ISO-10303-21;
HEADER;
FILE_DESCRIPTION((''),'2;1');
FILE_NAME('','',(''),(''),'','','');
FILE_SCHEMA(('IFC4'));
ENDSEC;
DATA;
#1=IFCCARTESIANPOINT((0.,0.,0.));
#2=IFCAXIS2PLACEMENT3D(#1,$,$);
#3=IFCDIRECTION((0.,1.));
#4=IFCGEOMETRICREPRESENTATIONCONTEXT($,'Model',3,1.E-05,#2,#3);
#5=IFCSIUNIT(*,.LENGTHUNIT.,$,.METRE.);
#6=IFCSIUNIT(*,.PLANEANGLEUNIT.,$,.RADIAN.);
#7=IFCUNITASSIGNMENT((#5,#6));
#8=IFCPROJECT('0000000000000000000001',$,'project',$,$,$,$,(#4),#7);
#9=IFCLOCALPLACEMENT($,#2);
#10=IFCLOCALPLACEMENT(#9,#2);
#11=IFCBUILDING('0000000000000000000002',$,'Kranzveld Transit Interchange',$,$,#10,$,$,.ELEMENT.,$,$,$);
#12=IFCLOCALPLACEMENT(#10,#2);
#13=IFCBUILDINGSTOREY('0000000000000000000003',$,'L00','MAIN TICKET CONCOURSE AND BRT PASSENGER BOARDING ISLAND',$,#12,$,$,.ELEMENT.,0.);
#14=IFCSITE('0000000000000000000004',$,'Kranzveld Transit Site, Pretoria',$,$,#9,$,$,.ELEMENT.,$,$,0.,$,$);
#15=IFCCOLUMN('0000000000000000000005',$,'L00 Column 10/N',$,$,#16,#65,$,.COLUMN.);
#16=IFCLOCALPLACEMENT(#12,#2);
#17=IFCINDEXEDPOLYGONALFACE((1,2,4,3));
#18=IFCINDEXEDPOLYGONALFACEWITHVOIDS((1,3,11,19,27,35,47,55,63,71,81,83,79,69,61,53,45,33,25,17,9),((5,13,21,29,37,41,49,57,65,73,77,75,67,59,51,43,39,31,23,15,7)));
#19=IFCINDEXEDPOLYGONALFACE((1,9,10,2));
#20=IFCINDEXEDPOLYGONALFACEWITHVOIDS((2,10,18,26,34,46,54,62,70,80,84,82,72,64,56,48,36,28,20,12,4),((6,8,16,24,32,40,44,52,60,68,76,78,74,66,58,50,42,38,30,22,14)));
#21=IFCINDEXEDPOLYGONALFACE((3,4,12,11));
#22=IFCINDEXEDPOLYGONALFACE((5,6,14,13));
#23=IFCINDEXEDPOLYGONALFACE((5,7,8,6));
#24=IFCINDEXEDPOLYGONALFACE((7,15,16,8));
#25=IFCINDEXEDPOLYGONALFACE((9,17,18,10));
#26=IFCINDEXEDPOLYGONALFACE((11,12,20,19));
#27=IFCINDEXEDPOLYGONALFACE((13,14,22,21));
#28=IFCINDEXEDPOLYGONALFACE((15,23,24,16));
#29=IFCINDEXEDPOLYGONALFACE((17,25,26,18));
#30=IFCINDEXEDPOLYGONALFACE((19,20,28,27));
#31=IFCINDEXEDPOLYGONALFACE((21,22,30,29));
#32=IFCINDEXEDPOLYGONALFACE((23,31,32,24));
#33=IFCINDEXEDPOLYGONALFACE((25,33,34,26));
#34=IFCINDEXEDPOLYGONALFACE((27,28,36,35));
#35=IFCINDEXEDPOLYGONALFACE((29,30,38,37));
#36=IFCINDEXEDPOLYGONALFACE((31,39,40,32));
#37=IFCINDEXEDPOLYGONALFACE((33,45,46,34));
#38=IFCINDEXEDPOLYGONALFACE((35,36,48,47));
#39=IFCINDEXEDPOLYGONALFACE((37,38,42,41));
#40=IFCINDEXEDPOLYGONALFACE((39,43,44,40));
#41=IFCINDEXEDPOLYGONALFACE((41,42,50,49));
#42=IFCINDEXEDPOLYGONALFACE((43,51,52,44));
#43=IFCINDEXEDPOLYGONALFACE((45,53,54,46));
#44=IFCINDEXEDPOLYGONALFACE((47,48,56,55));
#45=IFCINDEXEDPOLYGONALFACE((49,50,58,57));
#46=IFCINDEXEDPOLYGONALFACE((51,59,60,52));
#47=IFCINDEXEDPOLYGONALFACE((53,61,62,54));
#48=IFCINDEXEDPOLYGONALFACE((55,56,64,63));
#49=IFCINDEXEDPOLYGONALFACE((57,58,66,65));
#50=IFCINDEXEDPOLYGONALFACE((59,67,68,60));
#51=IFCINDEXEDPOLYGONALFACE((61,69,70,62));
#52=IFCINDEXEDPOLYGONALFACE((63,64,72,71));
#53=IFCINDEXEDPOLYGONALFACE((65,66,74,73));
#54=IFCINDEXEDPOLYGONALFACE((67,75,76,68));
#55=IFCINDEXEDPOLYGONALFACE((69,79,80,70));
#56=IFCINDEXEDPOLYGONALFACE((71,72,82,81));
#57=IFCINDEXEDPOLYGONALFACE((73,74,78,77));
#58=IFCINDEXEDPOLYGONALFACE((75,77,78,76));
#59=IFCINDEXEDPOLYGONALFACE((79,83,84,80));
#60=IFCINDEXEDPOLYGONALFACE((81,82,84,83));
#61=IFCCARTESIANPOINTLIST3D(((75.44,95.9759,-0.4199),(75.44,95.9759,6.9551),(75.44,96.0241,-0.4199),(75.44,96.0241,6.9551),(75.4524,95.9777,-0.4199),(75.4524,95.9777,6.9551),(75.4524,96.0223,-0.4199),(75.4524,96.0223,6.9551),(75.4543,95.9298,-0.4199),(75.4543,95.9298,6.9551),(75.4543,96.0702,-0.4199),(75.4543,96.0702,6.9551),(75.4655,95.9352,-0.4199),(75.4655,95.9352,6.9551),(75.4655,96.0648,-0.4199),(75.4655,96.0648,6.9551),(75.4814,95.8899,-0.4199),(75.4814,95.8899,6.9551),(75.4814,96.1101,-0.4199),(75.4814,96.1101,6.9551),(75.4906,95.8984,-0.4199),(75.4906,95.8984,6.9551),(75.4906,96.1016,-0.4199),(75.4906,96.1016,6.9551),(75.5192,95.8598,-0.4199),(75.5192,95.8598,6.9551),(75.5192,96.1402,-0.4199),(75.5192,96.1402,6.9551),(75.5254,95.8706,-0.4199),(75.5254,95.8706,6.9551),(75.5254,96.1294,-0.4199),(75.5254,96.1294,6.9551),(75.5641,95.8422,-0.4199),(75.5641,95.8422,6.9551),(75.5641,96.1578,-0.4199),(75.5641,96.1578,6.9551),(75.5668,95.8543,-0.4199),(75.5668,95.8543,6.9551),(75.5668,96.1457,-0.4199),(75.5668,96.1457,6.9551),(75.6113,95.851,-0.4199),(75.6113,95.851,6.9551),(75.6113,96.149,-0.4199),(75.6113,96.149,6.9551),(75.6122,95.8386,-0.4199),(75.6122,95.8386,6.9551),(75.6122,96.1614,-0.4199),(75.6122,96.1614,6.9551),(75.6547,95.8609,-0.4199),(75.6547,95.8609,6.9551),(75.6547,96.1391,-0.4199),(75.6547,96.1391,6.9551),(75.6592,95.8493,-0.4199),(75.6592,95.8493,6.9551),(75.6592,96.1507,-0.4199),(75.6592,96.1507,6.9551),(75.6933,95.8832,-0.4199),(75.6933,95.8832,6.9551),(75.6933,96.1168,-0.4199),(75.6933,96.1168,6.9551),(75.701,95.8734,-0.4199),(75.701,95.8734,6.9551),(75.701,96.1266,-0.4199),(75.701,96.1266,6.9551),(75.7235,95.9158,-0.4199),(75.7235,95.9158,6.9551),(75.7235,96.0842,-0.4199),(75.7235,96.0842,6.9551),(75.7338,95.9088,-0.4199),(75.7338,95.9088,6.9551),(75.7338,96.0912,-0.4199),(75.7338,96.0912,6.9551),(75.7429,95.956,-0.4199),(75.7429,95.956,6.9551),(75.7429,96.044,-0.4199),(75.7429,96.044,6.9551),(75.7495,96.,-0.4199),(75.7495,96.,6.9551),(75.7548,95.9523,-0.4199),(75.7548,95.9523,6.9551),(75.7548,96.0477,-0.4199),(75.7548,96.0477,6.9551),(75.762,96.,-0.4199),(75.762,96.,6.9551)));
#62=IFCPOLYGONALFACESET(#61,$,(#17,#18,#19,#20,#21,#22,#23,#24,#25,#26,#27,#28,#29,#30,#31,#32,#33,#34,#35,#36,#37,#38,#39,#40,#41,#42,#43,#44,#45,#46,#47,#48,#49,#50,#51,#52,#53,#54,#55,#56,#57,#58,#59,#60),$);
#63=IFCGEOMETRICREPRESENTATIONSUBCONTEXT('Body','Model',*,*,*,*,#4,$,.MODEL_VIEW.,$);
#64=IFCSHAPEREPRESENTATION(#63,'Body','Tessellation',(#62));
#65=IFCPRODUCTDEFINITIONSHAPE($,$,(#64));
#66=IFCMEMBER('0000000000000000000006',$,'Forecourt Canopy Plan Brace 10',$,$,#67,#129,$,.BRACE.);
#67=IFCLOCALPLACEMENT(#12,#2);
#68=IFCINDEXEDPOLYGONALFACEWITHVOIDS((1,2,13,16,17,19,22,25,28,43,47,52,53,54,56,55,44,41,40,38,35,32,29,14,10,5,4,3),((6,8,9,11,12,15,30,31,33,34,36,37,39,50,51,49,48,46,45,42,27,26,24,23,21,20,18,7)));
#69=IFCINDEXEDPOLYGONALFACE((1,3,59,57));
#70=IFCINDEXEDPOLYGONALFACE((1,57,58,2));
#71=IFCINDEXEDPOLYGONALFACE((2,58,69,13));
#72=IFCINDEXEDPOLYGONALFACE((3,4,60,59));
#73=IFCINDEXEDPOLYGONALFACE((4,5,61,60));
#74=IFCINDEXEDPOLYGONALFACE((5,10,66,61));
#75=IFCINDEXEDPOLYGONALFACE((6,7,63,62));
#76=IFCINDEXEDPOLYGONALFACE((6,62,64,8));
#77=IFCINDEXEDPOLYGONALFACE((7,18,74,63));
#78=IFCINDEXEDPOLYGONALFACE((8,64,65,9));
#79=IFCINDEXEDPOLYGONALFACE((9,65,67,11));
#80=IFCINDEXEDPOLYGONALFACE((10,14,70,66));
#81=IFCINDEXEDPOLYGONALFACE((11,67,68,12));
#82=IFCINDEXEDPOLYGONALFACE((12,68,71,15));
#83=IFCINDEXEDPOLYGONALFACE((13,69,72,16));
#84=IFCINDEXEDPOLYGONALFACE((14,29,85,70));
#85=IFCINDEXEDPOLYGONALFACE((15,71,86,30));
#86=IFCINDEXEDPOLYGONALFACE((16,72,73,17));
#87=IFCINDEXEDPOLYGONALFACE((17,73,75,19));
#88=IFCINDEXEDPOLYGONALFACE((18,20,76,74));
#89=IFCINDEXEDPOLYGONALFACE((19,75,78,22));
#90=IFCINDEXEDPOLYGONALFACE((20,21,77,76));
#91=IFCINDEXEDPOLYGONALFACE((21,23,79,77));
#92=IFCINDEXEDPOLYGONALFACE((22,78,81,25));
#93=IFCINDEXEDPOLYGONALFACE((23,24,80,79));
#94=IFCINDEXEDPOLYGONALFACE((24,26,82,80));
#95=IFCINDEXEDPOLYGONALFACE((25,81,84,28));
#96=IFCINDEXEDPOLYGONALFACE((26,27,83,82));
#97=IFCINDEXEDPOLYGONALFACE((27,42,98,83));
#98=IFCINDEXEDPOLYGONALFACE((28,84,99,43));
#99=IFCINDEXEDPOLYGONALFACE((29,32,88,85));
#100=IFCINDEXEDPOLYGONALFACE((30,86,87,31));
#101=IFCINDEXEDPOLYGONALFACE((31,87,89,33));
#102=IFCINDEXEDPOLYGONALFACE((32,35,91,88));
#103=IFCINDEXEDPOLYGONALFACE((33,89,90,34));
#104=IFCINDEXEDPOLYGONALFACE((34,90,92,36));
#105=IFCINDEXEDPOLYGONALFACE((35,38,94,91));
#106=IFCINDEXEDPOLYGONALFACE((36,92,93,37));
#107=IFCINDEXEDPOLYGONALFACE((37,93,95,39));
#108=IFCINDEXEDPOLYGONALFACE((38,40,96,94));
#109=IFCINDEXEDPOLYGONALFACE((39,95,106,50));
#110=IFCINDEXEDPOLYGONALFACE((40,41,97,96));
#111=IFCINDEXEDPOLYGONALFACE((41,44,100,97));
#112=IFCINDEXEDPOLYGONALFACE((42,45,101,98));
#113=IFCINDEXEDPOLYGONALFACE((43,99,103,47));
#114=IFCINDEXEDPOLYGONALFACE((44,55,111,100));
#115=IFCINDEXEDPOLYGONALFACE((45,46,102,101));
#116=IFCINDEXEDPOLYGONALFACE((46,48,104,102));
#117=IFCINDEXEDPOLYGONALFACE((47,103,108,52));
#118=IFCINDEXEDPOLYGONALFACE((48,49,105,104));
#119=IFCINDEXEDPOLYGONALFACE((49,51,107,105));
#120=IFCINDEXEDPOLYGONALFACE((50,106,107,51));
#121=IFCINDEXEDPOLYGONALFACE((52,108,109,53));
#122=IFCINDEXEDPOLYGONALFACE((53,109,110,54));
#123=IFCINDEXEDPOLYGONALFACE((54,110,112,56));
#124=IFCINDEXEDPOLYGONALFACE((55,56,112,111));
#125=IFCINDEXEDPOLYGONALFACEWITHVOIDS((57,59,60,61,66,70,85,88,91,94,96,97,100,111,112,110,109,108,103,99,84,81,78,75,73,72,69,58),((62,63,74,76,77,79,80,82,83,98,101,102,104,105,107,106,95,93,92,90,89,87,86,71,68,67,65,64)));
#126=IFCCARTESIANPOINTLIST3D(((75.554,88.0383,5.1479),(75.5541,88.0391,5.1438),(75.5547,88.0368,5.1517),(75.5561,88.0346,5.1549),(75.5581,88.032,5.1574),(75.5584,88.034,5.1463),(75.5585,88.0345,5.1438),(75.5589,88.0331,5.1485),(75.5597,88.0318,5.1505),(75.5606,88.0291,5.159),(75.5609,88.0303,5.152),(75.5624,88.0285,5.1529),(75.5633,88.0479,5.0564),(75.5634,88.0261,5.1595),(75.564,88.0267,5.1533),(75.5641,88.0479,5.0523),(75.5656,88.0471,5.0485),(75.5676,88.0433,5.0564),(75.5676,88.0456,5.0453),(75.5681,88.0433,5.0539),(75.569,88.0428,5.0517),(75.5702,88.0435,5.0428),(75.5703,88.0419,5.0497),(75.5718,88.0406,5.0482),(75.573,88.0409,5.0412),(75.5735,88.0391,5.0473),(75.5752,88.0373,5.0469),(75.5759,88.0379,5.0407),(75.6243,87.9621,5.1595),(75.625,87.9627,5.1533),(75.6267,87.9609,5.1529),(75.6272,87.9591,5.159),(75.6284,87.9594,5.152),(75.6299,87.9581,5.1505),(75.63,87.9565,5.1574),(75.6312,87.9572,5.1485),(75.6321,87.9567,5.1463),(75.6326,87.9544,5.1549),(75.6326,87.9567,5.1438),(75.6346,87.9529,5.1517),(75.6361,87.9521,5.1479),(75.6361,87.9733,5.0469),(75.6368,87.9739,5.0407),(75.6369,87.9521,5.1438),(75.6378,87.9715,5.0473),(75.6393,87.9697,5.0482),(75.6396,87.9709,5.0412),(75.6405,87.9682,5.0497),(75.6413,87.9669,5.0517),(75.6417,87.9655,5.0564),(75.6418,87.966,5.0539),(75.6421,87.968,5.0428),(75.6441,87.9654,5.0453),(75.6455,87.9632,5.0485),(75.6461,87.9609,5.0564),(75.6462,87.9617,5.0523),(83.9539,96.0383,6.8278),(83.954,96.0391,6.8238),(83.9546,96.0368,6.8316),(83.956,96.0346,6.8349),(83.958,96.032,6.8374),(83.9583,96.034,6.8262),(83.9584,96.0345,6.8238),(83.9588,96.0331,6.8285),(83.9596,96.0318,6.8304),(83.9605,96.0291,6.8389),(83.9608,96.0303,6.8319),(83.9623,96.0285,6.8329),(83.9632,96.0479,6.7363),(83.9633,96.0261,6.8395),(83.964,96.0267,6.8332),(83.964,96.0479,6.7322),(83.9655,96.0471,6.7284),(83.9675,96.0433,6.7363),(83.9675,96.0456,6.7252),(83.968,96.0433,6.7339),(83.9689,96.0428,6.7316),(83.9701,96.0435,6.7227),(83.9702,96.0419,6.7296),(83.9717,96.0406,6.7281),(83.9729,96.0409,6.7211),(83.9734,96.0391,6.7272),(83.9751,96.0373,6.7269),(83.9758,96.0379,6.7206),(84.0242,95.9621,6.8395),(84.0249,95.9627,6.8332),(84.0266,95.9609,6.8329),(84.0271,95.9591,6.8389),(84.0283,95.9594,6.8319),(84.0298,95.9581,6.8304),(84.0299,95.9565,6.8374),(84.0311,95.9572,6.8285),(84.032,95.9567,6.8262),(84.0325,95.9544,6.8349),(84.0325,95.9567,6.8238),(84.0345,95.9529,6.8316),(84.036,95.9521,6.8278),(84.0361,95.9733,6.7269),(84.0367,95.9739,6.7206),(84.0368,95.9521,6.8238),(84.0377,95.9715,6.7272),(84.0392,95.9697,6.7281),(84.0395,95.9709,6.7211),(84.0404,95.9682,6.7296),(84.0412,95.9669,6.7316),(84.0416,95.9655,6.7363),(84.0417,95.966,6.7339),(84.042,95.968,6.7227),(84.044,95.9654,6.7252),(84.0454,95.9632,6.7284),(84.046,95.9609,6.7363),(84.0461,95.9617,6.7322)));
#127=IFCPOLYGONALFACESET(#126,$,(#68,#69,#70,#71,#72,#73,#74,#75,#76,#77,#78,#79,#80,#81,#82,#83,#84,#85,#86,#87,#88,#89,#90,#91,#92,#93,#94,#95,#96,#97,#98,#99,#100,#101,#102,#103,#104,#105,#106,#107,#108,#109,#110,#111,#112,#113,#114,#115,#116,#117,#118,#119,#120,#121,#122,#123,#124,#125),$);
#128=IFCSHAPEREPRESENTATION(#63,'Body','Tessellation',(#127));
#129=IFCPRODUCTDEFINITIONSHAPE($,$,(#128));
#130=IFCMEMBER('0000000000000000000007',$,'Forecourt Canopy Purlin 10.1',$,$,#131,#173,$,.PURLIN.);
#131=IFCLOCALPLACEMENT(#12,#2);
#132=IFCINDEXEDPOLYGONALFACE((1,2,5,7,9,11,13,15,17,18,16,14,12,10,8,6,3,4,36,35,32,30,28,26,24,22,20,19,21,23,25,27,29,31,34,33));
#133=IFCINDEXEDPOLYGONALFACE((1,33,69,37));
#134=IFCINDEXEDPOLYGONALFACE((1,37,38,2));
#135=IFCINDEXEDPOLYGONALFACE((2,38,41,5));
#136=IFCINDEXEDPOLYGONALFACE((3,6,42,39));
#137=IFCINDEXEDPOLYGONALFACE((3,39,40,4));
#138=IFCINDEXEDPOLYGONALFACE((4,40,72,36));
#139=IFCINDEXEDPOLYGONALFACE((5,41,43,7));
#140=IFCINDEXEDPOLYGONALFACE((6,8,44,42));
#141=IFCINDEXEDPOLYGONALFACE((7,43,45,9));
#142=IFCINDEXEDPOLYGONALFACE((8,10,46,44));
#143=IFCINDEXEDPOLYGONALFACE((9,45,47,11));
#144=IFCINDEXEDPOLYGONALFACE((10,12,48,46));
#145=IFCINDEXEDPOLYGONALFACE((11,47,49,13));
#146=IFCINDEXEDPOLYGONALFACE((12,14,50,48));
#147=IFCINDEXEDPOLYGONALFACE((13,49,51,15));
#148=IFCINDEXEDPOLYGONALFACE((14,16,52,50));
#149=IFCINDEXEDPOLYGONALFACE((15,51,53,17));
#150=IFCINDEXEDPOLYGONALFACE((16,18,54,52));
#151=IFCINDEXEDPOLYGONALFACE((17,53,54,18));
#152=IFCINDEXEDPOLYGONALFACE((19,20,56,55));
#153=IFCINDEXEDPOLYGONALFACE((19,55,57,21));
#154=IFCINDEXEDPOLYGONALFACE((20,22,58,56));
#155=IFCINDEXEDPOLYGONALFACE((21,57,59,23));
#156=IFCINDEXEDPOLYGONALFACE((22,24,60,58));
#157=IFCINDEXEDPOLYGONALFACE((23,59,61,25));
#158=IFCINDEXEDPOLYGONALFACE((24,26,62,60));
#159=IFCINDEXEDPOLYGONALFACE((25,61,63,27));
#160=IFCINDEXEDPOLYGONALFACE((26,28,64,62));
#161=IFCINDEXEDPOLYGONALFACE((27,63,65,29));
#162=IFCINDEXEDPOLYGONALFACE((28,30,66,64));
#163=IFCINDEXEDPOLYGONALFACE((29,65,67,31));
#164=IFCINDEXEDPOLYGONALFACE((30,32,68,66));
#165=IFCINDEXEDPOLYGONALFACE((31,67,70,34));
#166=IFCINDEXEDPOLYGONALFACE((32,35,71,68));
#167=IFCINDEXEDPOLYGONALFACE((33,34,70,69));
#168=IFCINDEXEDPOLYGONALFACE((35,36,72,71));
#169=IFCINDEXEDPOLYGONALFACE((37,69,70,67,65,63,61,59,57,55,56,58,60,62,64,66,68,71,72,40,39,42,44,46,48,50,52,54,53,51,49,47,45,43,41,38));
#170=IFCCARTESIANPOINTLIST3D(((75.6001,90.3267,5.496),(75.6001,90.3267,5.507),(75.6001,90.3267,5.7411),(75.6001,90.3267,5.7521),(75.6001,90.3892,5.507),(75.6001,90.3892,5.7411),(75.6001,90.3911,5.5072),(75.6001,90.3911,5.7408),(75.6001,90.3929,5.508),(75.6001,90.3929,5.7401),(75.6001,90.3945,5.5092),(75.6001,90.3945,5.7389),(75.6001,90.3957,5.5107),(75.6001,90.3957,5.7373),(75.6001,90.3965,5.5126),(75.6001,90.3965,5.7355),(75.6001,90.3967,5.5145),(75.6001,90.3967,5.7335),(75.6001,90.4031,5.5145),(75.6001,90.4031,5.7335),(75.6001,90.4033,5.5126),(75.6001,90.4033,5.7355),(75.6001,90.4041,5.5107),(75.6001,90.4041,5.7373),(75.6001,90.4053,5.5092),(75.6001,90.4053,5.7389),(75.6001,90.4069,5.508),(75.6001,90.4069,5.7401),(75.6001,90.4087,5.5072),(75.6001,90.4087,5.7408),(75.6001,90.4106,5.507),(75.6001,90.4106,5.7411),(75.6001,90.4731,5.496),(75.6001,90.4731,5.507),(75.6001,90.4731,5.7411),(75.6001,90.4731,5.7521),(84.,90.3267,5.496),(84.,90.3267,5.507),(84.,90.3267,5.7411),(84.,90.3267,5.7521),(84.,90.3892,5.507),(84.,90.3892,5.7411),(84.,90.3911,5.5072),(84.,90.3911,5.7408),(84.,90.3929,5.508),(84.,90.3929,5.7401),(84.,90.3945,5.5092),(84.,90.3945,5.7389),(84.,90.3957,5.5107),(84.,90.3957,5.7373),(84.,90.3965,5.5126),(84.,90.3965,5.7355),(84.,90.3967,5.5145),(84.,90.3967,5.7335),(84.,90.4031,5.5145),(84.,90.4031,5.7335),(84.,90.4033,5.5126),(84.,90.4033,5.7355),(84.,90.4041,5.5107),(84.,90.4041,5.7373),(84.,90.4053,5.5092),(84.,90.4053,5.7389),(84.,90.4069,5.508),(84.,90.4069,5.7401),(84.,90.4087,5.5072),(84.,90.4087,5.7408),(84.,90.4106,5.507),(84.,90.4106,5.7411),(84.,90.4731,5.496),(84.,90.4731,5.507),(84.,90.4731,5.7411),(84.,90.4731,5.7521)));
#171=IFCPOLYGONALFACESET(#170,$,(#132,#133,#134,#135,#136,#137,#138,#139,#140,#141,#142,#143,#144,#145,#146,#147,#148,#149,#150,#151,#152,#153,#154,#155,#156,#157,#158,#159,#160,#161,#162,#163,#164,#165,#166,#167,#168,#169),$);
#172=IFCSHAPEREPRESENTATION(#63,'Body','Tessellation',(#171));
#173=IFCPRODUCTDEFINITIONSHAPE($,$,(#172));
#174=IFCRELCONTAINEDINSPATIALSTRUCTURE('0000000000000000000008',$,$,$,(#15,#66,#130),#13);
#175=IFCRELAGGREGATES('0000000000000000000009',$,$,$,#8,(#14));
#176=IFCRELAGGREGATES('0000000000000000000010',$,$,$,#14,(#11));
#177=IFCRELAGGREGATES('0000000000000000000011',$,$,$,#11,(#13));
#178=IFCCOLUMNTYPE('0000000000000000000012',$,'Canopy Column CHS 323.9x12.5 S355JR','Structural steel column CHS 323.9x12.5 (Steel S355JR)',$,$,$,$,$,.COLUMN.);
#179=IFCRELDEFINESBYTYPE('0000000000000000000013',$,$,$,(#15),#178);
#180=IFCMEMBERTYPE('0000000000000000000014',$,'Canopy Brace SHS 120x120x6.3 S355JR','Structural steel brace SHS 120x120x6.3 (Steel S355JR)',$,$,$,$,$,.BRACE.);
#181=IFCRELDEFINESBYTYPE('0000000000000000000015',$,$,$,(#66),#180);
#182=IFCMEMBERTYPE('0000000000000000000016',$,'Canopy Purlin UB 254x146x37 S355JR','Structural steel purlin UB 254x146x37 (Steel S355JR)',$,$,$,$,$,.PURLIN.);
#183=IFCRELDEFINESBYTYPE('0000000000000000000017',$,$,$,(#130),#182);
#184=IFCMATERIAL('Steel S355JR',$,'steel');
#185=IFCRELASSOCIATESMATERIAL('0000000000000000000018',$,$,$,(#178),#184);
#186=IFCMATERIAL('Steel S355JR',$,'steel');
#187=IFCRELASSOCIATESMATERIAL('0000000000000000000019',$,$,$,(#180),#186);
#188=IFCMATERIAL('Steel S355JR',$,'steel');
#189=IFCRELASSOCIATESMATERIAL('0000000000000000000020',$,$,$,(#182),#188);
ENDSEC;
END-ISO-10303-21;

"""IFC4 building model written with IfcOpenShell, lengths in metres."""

from ifc_helpers import new_model, si_unit, direction, frame, origin, origin_2d, place, context, subcontext, project, spatial, hollow_rectangle, hollow_circle, i_section, extrude, material, material_profile, profile_set, type_object, element, save


model = new_model("IFC4")

# Units and contexts
model_context = context("Model", 3, precision=1e-05, world=origin(), true_north=direction((0.0, 1.0)))
body_context = subcontext(model_context, "Body", "Model", "MODEL_VIEW")
ifc_project = project(units=[si_unit("LENGTHUNIT", "METRE"), si_unit("PLANEANGLEUNIT", "RADIAN")], contexts=[model_context])

# Site, building, storey
site_placement = place(None, origin())
site = spatial("IfcSite", under=ifc_project, at=site_placement, Name="Kranzveld Transit Site, Pretoria", CompositionType="ELEMENT", RefElevation=0.0)
building_placement = place(site_placement, origin())
building = spatial("IfcBuilding", under=site, at=building_placement, Name="Kranzveld Transit Interchange", CompositionType="ELEMENT")
storey_placement = place(building_placement, origin())
storey = spatial("IfcBuildingStorey", under=building, at=storey_placement, Name="L00", Description="MAIN TICKET CONCOURSE AND BRT PASSENGER BOARDING ISLAND", CompositionType="ELEMENT", Elevation=0.0)

# Column
ifc_material_1 = material(Name="Steel S355JR", Category="steel")
ifc_material_profile_1 = material_profile(ifc_material_1, hollow_circle(Radius=0.1619, WallThickness=0.0125, at=origin_2d()), Name="CHS 323.9x12.5")
ifc_profile_set_1 = profile_set([ifc_material_profile_1], Name="Steel S355JR")
column_type_1 = type_object("IfcColumnType", Name="Canopy Column CHS 323.9x12.5 S355JR", Description="Structural steel column CHS 323.9x12.5 (Steel S355JR)", PredefinedType="COLUMN", material=ifc_profile_set_1)
column_1_placement = place(storey_placement, frame((75.6001, 96.0, -0.4199), z_axis=(0.0, 0.0, 1.0), x_axis=(1.0, 0.0, 0.0)))
element("IfcColumn", 1, at=column_1_placement, inside=storey, type_object=column_type_1, Name="L00 Column 10/N", PredefinedType="COLUMN", context=body_context, shape_type="SweptSolid", body=[
    extrude(hollow_circle(Radius=0.1619, WallThickness=0.0125, at=origin_2d()), origin(), (0.0, 0.0, 1.0), 7.375),
])

# Members
ifc_material_2 = material(Name="Steel S355JR", Category="steel")
ifc_material_profile_2 = material_profile(ifc_material_2, hollow_rectangle(XDim=0.1201, YDim=0.1201, WallThickness=0.0063, InnerFilletRadius=0.0095, OuterFilletRadius=0.0159, at=origin_2d()), Name="SHS 120x120x6.3")
ifc_profile_set_2 = profile_set([ifc_material_profile_2], Name="Steel S355JR")
member_type_1 = type_object("IfcMemberType", Name="Canopy Brace SHS 120x120x6.3 S355JR", Description="Structural steel brace SHS 120x120x6.3 (Steel S355JR)", PredefinedType="BRACE", material=ifc_profile_set_2)
member_1_placement = place(storey_placement, frame((75.6001, 88.0, 5.1001), z_axis=(0.716657, 0.682539, 0.143327), x_axis=(-0.689659, 0.724134, 0.0)))
element("IfcMember", 2, at=member_1_placement, inside=storey, type_object=member_type_1, Name="Forecourt Canopy Plan Brace 10", PredefinedType="BRACE", context=body_context, shape_type="SweptSolid", body=[
    extrude(hollow_rectangle(XDim=0.1201, YDim=0.1201, WallThickness=0.0063, InnerFilletRadius=0.0095, OuterFilletRadius=0.0159, at=origin_2d()), origin(), (0.0, 0.0, 1.0), 11.7209),
])
ifc_material_3 = material(Name="Steel S355JR", Category="steel")
ifc_material_profile_3 = material_profile(ifc_material_3, i_section(OverallWidth=0.1465, OverallDepth=0.2561, WebThickness=0.0063, FlangeThickness=0.011, FilletRadius=0.0076, at=origin_2d()), Name="UB 254x146x37")
ifc_profile_set_3 = profile_set([ifc_material_profile_3], Name="Steel S355JR")
member_type_2 = type_object("IfcMemberType", Name="Canopy Purlin UB 254x146x37 S355JR", Description="Structural steel purlin UB 254x146x37 (Steel S355JR)", PredefinedType="PURLIN", material=ifc_profile_set_3)
member_2_placement = place(storey_placement, frame((75.6001, 90.3999, 5.624), z_axis=(1.0, 0.0, 0.0), x_axis=(0.0, 1.0, 0.0)))
element("IfcMember", 3, at=member_2_placement, inside=storey, type_object=member_type_2, Name="Forecourt Canopy Purlin 10.1", PredefinedType="PURLIN", context=body_context, shape_type="SweptSolid", body=[
    extrude(i_section(OverallWidth=0.1465, OverallDepth=0.2561, WebThickness=0.0063, FlangeThickness=0.011, FilletRadius=0.0076, at=origin_2d()), origin(), (0.0, 0.0, 1.0), 8.3999),
])

save(model, "model.ifc")
